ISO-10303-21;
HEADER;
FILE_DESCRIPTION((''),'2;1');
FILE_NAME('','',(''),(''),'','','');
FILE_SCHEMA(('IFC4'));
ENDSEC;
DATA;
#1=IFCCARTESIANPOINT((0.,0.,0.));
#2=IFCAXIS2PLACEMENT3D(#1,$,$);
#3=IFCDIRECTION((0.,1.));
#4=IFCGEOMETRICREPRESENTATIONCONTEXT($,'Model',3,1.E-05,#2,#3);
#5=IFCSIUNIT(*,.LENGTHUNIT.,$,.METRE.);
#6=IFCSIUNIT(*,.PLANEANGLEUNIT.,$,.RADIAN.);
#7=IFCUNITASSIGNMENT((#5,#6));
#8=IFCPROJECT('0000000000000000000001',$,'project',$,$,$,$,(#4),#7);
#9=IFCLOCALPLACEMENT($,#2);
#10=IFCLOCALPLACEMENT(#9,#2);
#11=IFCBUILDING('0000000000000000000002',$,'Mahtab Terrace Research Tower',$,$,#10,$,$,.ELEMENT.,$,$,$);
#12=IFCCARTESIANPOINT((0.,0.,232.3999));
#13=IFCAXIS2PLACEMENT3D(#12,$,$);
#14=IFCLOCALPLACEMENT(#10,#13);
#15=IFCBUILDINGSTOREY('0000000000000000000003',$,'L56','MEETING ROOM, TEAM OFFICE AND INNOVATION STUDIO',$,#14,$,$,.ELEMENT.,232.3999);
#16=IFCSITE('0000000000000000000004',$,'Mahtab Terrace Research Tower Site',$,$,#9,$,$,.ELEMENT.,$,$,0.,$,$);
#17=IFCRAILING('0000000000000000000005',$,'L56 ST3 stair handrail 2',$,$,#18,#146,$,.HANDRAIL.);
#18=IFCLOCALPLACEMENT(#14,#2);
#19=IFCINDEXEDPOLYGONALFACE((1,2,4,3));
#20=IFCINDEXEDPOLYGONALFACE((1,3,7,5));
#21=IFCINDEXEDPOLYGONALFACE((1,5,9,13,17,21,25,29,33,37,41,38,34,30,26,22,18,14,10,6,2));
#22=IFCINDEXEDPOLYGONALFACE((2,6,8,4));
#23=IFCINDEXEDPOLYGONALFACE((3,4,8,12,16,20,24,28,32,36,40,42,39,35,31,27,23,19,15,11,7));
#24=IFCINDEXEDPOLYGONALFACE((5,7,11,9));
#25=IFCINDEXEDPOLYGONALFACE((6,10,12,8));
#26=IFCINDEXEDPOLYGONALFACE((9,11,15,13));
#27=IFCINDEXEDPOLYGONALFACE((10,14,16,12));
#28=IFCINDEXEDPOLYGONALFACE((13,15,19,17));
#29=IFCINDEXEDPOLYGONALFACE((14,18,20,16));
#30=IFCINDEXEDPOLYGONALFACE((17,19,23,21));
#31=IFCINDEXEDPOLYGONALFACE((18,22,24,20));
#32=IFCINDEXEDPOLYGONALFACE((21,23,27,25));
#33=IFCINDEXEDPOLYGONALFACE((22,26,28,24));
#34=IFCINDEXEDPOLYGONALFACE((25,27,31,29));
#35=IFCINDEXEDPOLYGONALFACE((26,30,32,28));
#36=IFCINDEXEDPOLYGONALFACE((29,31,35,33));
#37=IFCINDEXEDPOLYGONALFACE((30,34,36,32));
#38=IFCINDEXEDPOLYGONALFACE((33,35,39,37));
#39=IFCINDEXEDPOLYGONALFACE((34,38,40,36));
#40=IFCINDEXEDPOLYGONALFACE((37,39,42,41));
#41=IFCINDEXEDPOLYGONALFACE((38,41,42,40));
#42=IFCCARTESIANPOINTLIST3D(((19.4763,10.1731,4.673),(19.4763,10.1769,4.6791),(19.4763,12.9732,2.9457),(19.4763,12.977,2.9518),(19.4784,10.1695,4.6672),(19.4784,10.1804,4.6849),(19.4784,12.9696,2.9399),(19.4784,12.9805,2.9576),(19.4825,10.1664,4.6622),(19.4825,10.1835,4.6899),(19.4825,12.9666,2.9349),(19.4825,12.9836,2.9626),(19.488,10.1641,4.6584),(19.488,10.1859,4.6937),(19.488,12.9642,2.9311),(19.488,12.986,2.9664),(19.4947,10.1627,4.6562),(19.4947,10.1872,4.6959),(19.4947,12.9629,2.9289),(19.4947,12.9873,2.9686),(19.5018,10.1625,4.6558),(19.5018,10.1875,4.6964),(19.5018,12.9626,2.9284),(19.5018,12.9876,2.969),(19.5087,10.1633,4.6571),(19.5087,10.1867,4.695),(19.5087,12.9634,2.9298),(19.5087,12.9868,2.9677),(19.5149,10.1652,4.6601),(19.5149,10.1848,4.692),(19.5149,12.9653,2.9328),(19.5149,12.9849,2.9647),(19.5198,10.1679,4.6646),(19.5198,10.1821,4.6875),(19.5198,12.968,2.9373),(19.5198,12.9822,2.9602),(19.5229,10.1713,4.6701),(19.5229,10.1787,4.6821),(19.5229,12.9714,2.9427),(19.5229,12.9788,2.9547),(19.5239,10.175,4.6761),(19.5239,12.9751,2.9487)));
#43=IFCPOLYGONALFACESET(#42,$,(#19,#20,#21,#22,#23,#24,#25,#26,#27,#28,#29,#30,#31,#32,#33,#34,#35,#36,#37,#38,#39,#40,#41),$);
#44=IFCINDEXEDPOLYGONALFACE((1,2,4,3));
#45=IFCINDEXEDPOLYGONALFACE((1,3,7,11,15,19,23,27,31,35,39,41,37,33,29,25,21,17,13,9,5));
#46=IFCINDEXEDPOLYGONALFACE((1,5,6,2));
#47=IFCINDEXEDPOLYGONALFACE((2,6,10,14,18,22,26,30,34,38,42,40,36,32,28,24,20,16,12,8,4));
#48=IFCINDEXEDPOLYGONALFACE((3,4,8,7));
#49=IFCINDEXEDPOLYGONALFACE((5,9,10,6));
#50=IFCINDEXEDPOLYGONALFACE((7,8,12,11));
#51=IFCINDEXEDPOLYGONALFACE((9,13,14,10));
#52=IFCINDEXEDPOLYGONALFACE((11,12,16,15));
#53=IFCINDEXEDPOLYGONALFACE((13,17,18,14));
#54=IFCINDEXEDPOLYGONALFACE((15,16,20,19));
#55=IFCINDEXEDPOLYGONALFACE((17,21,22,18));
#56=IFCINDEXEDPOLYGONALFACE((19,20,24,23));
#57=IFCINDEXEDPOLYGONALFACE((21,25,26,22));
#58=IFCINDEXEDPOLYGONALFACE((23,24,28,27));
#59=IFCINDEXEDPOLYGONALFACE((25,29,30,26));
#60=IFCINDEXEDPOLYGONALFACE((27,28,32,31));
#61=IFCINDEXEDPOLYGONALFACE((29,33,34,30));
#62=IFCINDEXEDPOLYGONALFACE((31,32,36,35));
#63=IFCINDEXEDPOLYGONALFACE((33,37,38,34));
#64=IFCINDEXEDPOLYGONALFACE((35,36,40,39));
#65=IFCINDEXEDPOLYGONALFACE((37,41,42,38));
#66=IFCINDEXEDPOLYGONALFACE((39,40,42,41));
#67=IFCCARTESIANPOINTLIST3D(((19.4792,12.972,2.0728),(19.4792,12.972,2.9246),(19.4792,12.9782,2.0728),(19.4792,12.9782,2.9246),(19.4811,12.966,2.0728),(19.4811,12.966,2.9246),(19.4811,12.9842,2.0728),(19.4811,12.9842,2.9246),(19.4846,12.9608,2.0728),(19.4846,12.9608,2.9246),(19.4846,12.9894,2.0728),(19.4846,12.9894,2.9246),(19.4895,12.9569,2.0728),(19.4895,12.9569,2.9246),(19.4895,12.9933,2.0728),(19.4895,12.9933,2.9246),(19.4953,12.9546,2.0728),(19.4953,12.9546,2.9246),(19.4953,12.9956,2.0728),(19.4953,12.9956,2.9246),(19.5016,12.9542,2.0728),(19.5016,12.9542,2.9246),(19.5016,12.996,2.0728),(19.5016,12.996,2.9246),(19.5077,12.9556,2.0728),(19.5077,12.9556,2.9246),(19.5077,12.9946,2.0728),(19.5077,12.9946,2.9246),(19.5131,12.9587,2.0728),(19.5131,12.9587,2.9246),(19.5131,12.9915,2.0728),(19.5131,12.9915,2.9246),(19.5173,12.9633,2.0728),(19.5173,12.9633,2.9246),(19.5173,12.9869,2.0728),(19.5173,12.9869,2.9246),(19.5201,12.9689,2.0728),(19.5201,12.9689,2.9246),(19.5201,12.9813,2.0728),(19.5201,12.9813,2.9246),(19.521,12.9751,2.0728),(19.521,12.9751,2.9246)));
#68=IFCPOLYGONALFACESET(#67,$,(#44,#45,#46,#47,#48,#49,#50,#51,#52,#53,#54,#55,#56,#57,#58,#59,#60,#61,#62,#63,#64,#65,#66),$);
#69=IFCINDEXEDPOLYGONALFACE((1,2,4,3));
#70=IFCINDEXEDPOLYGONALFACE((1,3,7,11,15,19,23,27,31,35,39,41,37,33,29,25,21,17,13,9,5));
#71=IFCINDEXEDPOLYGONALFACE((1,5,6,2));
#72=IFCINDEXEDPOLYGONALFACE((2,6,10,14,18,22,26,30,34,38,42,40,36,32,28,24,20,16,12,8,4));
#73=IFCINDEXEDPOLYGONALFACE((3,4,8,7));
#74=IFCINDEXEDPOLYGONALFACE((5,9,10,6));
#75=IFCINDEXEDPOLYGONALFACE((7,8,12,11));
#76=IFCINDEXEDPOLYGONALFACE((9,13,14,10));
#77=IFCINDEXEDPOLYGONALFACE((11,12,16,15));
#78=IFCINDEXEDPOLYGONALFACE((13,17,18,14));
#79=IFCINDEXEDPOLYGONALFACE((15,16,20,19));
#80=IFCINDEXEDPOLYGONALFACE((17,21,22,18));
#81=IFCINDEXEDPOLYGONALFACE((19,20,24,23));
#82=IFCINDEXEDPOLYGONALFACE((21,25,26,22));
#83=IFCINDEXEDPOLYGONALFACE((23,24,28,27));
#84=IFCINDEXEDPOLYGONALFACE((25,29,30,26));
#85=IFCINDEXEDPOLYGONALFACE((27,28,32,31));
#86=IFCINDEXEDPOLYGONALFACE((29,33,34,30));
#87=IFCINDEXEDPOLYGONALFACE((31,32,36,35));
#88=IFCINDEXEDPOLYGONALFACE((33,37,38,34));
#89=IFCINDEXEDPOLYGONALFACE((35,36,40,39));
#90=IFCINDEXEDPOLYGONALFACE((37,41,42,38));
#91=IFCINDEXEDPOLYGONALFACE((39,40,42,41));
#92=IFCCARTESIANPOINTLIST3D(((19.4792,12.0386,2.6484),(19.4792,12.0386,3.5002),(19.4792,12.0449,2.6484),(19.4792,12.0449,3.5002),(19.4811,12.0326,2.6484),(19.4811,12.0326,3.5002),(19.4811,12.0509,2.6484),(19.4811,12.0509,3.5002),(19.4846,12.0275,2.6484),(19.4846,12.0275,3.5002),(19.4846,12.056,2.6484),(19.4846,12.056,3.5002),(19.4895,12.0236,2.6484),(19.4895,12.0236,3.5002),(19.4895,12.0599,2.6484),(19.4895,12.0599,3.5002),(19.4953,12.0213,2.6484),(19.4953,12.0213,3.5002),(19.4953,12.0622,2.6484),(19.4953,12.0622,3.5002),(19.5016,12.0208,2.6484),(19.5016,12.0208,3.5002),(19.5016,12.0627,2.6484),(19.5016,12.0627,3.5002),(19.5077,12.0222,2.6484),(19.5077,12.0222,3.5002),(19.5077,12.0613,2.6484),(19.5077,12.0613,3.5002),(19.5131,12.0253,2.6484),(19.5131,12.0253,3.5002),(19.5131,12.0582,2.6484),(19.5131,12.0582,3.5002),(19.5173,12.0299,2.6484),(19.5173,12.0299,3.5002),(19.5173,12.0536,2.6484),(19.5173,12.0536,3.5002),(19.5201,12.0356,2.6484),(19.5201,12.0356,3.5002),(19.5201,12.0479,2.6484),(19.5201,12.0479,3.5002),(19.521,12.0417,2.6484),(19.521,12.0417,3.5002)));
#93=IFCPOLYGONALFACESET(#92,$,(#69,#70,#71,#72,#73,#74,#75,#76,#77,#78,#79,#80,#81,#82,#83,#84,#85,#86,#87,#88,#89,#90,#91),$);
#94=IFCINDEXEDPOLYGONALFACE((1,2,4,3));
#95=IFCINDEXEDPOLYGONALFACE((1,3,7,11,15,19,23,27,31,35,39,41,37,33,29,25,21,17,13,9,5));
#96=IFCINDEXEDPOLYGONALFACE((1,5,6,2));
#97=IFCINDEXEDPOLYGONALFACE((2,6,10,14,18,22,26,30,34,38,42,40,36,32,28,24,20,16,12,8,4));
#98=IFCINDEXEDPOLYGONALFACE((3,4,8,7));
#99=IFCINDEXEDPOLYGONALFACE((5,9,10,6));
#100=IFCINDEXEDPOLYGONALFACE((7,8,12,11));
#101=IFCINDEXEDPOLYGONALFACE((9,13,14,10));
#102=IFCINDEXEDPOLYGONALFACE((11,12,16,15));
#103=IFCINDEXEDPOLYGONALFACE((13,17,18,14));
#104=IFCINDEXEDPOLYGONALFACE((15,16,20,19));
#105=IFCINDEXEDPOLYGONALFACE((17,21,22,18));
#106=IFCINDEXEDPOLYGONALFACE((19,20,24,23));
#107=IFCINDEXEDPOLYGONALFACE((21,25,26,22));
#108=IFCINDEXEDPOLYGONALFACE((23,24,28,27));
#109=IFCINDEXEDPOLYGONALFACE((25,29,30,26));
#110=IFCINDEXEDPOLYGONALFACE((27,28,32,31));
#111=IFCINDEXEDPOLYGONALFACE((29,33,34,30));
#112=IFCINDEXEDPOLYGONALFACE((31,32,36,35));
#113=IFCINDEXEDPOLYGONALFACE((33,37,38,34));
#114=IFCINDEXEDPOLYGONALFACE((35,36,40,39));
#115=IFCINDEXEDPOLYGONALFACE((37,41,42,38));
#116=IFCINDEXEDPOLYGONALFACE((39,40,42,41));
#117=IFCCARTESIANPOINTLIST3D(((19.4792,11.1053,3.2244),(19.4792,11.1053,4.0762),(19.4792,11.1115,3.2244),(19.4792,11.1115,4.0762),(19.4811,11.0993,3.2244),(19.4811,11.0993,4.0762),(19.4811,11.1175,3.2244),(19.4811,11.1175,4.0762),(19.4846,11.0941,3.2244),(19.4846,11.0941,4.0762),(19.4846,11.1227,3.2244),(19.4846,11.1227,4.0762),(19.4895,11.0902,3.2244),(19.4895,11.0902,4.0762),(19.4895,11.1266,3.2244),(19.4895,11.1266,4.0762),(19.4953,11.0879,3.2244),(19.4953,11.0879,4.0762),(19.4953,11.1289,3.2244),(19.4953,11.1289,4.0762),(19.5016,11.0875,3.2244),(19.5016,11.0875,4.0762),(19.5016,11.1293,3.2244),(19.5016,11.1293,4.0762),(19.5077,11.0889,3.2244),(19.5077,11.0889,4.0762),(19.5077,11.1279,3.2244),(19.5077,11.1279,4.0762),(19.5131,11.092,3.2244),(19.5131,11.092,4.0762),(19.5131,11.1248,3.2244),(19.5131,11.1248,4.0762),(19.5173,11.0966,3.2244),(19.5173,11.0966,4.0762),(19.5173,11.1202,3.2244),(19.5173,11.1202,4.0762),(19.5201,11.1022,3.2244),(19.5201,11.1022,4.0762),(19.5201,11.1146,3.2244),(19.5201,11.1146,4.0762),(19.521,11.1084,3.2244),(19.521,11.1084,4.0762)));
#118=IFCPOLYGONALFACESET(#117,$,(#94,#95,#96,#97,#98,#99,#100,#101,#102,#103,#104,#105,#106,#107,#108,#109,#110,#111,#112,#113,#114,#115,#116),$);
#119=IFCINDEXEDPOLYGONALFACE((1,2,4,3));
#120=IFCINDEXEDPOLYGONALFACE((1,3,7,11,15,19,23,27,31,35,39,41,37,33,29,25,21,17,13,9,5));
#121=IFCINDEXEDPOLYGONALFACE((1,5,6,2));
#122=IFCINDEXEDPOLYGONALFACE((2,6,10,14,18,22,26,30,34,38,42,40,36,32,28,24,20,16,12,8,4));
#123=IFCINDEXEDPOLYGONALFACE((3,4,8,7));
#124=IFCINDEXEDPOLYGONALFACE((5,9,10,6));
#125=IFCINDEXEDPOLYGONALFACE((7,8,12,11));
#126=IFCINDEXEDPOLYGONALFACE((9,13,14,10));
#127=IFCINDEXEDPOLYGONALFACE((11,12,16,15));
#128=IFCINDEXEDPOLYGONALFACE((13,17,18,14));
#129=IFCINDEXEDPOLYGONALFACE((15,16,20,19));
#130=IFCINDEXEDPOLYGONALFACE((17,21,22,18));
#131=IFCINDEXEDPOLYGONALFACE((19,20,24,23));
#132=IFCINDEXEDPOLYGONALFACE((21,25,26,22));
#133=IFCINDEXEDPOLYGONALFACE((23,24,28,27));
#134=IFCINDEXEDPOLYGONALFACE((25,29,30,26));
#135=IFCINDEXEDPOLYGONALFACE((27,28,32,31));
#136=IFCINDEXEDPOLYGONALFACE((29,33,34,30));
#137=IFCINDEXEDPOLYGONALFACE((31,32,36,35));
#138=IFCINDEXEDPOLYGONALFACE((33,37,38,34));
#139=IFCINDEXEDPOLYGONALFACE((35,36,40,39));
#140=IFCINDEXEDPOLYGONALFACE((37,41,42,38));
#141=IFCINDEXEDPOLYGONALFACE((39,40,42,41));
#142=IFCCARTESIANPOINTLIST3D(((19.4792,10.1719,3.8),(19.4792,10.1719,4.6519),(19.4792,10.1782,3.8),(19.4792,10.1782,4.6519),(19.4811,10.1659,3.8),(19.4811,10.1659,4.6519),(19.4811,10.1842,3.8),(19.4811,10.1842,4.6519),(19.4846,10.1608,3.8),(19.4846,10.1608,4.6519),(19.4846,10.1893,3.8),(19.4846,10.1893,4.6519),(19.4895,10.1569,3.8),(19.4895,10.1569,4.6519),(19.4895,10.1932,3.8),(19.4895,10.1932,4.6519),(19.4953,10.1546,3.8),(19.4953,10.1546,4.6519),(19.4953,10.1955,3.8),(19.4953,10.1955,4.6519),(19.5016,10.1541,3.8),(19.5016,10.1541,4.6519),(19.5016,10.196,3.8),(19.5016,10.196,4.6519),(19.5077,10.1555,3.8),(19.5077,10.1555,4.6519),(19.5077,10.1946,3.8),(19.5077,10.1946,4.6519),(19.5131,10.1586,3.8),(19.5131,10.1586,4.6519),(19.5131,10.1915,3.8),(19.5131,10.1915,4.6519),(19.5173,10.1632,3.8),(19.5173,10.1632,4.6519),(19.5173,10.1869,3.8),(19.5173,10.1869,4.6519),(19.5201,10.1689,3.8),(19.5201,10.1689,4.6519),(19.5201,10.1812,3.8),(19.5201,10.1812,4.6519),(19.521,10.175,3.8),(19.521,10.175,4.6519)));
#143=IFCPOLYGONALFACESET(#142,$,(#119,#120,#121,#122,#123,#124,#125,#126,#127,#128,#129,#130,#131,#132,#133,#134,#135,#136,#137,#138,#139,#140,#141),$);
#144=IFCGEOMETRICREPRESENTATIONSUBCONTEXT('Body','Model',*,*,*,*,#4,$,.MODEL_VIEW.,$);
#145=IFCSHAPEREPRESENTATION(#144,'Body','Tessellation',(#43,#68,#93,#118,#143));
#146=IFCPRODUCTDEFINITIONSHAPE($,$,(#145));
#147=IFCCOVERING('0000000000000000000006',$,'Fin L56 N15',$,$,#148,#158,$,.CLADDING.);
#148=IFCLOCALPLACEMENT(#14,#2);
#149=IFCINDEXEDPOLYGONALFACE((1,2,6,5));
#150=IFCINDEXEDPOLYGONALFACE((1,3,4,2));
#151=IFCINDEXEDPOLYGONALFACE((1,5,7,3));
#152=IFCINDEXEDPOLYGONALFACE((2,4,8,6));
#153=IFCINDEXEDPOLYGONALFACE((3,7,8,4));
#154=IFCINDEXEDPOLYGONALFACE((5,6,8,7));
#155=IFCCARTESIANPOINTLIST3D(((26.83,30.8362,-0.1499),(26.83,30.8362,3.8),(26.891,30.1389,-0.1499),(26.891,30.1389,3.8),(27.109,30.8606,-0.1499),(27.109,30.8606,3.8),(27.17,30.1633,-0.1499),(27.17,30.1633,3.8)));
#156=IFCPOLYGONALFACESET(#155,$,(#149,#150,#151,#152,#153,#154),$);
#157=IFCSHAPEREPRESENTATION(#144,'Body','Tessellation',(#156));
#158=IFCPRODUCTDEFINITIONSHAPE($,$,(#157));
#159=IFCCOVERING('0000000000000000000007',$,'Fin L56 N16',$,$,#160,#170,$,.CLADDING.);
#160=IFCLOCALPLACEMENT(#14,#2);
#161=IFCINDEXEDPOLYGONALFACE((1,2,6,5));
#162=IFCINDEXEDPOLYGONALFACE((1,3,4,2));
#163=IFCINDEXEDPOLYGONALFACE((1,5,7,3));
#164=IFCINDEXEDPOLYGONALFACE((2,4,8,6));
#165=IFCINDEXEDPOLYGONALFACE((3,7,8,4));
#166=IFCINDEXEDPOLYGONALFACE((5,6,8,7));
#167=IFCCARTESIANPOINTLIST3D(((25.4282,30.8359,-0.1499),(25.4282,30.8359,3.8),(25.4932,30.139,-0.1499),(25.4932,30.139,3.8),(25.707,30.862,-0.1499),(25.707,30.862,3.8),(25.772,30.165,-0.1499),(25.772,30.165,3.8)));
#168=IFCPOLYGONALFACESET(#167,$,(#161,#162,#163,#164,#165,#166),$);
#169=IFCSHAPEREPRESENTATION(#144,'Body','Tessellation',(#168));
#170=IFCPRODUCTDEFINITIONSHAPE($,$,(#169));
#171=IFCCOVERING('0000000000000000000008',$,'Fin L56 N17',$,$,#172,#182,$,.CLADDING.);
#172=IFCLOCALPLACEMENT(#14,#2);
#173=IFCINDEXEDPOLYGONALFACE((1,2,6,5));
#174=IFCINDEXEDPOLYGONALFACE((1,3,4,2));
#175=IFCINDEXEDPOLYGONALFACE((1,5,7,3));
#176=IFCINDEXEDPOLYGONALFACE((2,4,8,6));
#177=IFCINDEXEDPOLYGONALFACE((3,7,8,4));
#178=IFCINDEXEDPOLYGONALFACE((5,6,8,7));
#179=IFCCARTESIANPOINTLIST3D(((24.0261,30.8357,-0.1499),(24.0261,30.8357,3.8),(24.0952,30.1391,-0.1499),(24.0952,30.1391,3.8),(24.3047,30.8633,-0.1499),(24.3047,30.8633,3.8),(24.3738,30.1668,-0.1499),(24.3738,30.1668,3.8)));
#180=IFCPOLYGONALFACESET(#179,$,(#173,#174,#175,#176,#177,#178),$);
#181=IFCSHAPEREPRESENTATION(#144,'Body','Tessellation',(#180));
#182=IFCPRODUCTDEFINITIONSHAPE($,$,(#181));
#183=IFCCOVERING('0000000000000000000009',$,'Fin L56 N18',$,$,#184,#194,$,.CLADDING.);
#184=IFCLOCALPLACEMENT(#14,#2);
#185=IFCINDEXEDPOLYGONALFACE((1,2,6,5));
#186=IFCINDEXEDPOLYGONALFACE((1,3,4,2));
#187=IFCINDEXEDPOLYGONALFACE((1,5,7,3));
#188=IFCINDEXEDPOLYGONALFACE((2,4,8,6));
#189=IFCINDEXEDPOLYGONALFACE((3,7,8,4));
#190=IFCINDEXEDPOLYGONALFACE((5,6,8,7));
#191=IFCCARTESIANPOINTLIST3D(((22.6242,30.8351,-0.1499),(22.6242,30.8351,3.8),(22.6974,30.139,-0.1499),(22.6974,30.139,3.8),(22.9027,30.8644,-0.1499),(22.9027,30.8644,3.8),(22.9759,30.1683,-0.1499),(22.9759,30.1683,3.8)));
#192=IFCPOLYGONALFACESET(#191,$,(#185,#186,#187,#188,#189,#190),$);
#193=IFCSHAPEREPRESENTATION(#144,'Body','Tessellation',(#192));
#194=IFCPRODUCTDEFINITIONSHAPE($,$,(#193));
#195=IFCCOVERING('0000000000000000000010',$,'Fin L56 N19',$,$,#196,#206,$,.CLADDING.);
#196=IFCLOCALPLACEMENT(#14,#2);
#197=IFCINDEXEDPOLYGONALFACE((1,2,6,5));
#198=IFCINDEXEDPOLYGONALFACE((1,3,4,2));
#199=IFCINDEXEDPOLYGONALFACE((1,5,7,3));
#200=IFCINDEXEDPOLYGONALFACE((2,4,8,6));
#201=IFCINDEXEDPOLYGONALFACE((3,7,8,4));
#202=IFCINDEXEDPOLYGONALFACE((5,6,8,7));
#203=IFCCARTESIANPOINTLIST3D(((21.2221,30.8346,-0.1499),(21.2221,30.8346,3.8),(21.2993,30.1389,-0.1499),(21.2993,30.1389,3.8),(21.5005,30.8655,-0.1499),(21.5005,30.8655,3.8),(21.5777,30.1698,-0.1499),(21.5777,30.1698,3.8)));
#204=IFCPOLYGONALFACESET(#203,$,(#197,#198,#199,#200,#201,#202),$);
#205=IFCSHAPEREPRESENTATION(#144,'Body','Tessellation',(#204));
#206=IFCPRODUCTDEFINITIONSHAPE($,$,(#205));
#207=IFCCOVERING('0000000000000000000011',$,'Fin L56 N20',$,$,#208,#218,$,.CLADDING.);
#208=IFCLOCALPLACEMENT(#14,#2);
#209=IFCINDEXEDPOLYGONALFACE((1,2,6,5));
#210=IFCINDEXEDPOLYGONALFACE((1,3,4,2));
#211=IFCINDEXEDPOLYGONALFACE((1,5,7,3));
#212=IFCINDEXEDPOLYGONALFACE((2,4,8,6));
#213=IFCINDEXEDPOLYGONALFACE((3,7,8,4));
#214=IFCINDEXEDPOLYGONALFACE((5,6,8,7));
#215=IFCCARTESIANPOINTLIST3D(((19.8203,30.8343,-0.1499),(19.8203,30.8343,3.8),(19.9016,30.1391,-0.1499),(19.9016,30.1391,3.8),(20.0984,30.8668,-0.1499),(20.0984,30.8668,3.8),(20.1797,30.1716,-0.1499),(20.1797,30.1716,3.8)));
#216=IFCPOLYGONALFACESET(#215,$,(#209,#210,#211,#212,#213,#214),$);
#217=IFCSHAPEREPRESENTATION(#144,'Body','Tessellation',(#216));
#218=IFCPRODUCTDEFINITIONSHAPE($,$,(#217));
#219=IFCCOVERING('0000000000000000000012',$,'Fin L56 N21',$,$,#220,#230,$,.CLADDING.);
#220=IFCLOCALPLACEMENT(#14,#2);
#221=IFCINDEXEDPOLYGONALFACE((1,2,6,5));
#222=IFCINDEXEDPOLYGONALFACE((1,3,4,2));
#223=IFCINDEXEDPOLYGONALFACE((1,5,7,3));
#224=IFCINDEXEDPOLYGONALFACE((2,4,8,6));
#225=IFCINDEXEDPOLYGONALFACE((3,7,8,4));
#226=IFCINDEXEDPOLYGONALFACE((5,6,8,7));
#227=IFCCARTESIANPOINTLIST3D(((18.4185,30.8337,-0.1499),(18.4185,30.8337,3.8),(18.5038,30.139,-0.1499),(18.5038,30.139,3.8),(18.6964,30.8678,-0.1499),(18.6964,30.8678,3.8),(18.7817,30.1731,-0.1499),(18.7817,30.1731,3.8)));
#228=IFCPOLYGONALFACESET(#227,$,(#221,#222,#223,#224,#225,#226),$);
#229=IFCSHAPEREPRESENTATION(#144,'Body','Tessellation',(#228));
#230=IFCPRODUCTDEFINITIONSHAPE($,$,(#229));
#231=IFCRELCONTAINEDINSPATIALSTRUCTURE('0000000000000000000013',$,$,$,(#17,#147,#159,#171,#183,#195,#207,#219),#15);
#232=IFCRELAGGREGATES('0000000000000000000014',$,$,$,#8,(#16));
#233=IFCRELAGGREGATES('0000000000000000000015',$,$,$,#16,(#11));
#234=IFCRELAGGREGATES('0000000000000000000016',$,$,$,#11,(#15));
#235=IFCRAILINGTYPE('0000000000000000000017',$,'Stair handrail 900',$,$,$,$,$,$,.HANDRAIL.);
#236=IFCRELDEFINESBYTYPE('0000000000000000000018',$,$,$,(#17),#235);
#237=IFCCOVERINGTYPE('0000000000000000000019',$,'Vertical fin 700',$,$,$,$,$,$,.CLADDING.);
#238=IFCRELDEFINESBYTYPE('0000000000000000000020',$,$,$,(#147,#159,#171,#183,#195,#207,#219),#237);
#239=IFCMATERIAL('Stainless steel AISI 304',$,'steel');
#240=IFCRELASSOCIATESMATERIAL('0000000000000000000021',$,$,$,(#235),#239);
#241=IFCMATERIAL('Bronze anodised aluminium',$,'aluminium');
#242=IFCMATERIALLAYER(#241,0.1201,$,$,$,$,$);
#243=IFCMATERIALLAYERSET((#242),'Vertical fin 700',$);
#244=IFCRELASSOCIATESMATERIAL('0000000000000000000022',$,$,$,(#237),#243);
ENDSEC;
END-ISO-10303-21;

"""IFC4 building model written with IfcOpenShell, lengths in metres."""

from ifc_helpers import new_model, si_unit, direction, frame, origin, origin_2d, place, context, subcontext, project, spatial, rectangle, circle, extrude, material, layer, layer_set, type_object, element, save


model = new_model("IFC4")

# Units and contexts
model_context = context("Model", 3, precision=1e-05, world=origin(), true_north=direction((0.0, 1.0)))
body_context = subcontext(model_context, "Body", "Model", "MODEL_VIEW")
ifc_project = project(units=[si_unit("LENGTHUNIT", "METRE"), si_unit("PLANEANGLEUNIT", "RADIAN")], contexts=[model_context])

# Site, building, storey
site_placement = place(None, origin())
site = spatial("IfcSite", under=ifc_project, at=site_placement, Name="Mahtab Terrace Research Tower Site", CompositionType="ELEMENT", RefElevation=0.0)
building_placement = place(site_placement, origin())
building = spatial("IfcBuilding", under=site, at=building_placement, Name="Mahtab Terrace Research Tower", CompositionType="ELEMENT")
storey_placement = place(building_placement, frame((0.0, 0.0, 232.3999)))
storey = spatial("IfcBuildingStorey", under=building, at=storey_placement, Name="L56", Description="MEETING ROOM, TEAM OFFICE AND INNOVATION STUDIO", CompositionType="ELEMENT", Elevation=232.3999)

# Shared definitions
ifc_material_1 = material(Name="Stainless steel AISI 304", Category="steel")

# Railing
railing_type_1 = type_object("IfcRailingType", Name="Stair handrail 900", PredefinedType="HANDRAIL", material=ifc_material_1)
railing_1_placement = place(storey_placement, frame((19.5, 12.9751, 2.0728)))
element("IfcRailing", 1, at=railing_1_placement, inside=storey, type_object=railing_type_1, Name="L56 ST3 stair handrail 2", PredefinedType="HANDRAIL", context=body_context, shape_type="SweptSolid", body=[
    extrude(circle(Radius=0.0239, at=origin_2d()), frame((0.0, 0.0, 0.876), z_axis=(0.0, -0.85109, 0.52502), x_axis=(1.0, 0.0, 0.0)), (0.0, 0.0, 1.0), 3.29),
    extrude(circle(Radius=0.021, at=origin_2d()), origin(), (0.0, 0.0, 1.0), 0.8518),
    extrude(circle(Radius=0.021, at=origin_2d()), frame((0.0, -0.9333, 0.5757)), (0.0, 0.0, 1.0), 0.8518),
    extrude(circle(Radius=0.021, at=origin_2d()), frame((0.0, -1.8667, 1.1516)), (0.0, 0.0, 1.0), 0.8518),
    extrude(circle(Radius=0.021, at=origin_2d()), frame((0.0, -2.8, 1.7273)), (0.0, 0.0, 1.0), 0.8518),
])

# Coverings
ifc_material_2 = material(Name="Bronze anodised aluminium", Category="aluminium")
ifc_layer_1 = layer(ifc_material_2, 0.1201)
ifc_layer_set_1 = layer_set([ifc_layer_1], Name="Vertical fin 700")
covering_type = type_object("IfcCoveringType", Name="Vertical fin 700", PredefinedType="CLADDING", material=ifc_layer_set_1)
for number, where, z_axis, x_axis, name in (
    (2, (27.0, 30.4998, -0.1499), (0.0, 0.0, 1.0), (-0.996195, -0.087156, 0.0), "Fin L56 N15"),
    (3, (25.6001, 30.5005, -0.1499), (0.0, 0.0, 1.0), (-0.995671, -0.09295, 0.0), "Fin L56 N16"),
    (4, (24.2, 30.5012, -0.1499), (0.0, 0.0, 1.0), (-0.995113, -0.098741, 0.0), "Fin L56 N17"),
    (5, (22.8, 30.5017, -0.1499), (0.0, 0.0, 1.0), (-0.994522, -0.104528, 0.0), "Fin L56 N18"),
    (6, (21.3999, 30.5022, -0.1499), (0.0, 0.0, 1.0), (-0.993897, -0.110313, 0.0), "Fin L56 N19"),
    (7, (20.0, 30.5029, -0.1499), (0.0, 0.0, 1.0), (-0.993238, -0.116093, 0.0), "Fin L56 N20"),
    (8, (18.6001, 30.5034, -0.1499), (0.0, 0.0, 1.0), (-0.992546, -0.121869, 0.0), "Fin L56 N21"),
):
    element("IfcCovering", number, at=place(storey_placement, frame(where, z_axis=z_axis, x_axis=x_axis)), inside=storey, type_object=covering_type, Name=name, PredefinedType="CLADDING", context=body_context, shape_type="SweptSolid", body=[
        extrude(rectangle(XDim=0.28, YDim=0.7, at=origin_2d()), origin(), (0.0, 0.0, 1.0), 3.95),
    ])

save(model, "model.ifc")
